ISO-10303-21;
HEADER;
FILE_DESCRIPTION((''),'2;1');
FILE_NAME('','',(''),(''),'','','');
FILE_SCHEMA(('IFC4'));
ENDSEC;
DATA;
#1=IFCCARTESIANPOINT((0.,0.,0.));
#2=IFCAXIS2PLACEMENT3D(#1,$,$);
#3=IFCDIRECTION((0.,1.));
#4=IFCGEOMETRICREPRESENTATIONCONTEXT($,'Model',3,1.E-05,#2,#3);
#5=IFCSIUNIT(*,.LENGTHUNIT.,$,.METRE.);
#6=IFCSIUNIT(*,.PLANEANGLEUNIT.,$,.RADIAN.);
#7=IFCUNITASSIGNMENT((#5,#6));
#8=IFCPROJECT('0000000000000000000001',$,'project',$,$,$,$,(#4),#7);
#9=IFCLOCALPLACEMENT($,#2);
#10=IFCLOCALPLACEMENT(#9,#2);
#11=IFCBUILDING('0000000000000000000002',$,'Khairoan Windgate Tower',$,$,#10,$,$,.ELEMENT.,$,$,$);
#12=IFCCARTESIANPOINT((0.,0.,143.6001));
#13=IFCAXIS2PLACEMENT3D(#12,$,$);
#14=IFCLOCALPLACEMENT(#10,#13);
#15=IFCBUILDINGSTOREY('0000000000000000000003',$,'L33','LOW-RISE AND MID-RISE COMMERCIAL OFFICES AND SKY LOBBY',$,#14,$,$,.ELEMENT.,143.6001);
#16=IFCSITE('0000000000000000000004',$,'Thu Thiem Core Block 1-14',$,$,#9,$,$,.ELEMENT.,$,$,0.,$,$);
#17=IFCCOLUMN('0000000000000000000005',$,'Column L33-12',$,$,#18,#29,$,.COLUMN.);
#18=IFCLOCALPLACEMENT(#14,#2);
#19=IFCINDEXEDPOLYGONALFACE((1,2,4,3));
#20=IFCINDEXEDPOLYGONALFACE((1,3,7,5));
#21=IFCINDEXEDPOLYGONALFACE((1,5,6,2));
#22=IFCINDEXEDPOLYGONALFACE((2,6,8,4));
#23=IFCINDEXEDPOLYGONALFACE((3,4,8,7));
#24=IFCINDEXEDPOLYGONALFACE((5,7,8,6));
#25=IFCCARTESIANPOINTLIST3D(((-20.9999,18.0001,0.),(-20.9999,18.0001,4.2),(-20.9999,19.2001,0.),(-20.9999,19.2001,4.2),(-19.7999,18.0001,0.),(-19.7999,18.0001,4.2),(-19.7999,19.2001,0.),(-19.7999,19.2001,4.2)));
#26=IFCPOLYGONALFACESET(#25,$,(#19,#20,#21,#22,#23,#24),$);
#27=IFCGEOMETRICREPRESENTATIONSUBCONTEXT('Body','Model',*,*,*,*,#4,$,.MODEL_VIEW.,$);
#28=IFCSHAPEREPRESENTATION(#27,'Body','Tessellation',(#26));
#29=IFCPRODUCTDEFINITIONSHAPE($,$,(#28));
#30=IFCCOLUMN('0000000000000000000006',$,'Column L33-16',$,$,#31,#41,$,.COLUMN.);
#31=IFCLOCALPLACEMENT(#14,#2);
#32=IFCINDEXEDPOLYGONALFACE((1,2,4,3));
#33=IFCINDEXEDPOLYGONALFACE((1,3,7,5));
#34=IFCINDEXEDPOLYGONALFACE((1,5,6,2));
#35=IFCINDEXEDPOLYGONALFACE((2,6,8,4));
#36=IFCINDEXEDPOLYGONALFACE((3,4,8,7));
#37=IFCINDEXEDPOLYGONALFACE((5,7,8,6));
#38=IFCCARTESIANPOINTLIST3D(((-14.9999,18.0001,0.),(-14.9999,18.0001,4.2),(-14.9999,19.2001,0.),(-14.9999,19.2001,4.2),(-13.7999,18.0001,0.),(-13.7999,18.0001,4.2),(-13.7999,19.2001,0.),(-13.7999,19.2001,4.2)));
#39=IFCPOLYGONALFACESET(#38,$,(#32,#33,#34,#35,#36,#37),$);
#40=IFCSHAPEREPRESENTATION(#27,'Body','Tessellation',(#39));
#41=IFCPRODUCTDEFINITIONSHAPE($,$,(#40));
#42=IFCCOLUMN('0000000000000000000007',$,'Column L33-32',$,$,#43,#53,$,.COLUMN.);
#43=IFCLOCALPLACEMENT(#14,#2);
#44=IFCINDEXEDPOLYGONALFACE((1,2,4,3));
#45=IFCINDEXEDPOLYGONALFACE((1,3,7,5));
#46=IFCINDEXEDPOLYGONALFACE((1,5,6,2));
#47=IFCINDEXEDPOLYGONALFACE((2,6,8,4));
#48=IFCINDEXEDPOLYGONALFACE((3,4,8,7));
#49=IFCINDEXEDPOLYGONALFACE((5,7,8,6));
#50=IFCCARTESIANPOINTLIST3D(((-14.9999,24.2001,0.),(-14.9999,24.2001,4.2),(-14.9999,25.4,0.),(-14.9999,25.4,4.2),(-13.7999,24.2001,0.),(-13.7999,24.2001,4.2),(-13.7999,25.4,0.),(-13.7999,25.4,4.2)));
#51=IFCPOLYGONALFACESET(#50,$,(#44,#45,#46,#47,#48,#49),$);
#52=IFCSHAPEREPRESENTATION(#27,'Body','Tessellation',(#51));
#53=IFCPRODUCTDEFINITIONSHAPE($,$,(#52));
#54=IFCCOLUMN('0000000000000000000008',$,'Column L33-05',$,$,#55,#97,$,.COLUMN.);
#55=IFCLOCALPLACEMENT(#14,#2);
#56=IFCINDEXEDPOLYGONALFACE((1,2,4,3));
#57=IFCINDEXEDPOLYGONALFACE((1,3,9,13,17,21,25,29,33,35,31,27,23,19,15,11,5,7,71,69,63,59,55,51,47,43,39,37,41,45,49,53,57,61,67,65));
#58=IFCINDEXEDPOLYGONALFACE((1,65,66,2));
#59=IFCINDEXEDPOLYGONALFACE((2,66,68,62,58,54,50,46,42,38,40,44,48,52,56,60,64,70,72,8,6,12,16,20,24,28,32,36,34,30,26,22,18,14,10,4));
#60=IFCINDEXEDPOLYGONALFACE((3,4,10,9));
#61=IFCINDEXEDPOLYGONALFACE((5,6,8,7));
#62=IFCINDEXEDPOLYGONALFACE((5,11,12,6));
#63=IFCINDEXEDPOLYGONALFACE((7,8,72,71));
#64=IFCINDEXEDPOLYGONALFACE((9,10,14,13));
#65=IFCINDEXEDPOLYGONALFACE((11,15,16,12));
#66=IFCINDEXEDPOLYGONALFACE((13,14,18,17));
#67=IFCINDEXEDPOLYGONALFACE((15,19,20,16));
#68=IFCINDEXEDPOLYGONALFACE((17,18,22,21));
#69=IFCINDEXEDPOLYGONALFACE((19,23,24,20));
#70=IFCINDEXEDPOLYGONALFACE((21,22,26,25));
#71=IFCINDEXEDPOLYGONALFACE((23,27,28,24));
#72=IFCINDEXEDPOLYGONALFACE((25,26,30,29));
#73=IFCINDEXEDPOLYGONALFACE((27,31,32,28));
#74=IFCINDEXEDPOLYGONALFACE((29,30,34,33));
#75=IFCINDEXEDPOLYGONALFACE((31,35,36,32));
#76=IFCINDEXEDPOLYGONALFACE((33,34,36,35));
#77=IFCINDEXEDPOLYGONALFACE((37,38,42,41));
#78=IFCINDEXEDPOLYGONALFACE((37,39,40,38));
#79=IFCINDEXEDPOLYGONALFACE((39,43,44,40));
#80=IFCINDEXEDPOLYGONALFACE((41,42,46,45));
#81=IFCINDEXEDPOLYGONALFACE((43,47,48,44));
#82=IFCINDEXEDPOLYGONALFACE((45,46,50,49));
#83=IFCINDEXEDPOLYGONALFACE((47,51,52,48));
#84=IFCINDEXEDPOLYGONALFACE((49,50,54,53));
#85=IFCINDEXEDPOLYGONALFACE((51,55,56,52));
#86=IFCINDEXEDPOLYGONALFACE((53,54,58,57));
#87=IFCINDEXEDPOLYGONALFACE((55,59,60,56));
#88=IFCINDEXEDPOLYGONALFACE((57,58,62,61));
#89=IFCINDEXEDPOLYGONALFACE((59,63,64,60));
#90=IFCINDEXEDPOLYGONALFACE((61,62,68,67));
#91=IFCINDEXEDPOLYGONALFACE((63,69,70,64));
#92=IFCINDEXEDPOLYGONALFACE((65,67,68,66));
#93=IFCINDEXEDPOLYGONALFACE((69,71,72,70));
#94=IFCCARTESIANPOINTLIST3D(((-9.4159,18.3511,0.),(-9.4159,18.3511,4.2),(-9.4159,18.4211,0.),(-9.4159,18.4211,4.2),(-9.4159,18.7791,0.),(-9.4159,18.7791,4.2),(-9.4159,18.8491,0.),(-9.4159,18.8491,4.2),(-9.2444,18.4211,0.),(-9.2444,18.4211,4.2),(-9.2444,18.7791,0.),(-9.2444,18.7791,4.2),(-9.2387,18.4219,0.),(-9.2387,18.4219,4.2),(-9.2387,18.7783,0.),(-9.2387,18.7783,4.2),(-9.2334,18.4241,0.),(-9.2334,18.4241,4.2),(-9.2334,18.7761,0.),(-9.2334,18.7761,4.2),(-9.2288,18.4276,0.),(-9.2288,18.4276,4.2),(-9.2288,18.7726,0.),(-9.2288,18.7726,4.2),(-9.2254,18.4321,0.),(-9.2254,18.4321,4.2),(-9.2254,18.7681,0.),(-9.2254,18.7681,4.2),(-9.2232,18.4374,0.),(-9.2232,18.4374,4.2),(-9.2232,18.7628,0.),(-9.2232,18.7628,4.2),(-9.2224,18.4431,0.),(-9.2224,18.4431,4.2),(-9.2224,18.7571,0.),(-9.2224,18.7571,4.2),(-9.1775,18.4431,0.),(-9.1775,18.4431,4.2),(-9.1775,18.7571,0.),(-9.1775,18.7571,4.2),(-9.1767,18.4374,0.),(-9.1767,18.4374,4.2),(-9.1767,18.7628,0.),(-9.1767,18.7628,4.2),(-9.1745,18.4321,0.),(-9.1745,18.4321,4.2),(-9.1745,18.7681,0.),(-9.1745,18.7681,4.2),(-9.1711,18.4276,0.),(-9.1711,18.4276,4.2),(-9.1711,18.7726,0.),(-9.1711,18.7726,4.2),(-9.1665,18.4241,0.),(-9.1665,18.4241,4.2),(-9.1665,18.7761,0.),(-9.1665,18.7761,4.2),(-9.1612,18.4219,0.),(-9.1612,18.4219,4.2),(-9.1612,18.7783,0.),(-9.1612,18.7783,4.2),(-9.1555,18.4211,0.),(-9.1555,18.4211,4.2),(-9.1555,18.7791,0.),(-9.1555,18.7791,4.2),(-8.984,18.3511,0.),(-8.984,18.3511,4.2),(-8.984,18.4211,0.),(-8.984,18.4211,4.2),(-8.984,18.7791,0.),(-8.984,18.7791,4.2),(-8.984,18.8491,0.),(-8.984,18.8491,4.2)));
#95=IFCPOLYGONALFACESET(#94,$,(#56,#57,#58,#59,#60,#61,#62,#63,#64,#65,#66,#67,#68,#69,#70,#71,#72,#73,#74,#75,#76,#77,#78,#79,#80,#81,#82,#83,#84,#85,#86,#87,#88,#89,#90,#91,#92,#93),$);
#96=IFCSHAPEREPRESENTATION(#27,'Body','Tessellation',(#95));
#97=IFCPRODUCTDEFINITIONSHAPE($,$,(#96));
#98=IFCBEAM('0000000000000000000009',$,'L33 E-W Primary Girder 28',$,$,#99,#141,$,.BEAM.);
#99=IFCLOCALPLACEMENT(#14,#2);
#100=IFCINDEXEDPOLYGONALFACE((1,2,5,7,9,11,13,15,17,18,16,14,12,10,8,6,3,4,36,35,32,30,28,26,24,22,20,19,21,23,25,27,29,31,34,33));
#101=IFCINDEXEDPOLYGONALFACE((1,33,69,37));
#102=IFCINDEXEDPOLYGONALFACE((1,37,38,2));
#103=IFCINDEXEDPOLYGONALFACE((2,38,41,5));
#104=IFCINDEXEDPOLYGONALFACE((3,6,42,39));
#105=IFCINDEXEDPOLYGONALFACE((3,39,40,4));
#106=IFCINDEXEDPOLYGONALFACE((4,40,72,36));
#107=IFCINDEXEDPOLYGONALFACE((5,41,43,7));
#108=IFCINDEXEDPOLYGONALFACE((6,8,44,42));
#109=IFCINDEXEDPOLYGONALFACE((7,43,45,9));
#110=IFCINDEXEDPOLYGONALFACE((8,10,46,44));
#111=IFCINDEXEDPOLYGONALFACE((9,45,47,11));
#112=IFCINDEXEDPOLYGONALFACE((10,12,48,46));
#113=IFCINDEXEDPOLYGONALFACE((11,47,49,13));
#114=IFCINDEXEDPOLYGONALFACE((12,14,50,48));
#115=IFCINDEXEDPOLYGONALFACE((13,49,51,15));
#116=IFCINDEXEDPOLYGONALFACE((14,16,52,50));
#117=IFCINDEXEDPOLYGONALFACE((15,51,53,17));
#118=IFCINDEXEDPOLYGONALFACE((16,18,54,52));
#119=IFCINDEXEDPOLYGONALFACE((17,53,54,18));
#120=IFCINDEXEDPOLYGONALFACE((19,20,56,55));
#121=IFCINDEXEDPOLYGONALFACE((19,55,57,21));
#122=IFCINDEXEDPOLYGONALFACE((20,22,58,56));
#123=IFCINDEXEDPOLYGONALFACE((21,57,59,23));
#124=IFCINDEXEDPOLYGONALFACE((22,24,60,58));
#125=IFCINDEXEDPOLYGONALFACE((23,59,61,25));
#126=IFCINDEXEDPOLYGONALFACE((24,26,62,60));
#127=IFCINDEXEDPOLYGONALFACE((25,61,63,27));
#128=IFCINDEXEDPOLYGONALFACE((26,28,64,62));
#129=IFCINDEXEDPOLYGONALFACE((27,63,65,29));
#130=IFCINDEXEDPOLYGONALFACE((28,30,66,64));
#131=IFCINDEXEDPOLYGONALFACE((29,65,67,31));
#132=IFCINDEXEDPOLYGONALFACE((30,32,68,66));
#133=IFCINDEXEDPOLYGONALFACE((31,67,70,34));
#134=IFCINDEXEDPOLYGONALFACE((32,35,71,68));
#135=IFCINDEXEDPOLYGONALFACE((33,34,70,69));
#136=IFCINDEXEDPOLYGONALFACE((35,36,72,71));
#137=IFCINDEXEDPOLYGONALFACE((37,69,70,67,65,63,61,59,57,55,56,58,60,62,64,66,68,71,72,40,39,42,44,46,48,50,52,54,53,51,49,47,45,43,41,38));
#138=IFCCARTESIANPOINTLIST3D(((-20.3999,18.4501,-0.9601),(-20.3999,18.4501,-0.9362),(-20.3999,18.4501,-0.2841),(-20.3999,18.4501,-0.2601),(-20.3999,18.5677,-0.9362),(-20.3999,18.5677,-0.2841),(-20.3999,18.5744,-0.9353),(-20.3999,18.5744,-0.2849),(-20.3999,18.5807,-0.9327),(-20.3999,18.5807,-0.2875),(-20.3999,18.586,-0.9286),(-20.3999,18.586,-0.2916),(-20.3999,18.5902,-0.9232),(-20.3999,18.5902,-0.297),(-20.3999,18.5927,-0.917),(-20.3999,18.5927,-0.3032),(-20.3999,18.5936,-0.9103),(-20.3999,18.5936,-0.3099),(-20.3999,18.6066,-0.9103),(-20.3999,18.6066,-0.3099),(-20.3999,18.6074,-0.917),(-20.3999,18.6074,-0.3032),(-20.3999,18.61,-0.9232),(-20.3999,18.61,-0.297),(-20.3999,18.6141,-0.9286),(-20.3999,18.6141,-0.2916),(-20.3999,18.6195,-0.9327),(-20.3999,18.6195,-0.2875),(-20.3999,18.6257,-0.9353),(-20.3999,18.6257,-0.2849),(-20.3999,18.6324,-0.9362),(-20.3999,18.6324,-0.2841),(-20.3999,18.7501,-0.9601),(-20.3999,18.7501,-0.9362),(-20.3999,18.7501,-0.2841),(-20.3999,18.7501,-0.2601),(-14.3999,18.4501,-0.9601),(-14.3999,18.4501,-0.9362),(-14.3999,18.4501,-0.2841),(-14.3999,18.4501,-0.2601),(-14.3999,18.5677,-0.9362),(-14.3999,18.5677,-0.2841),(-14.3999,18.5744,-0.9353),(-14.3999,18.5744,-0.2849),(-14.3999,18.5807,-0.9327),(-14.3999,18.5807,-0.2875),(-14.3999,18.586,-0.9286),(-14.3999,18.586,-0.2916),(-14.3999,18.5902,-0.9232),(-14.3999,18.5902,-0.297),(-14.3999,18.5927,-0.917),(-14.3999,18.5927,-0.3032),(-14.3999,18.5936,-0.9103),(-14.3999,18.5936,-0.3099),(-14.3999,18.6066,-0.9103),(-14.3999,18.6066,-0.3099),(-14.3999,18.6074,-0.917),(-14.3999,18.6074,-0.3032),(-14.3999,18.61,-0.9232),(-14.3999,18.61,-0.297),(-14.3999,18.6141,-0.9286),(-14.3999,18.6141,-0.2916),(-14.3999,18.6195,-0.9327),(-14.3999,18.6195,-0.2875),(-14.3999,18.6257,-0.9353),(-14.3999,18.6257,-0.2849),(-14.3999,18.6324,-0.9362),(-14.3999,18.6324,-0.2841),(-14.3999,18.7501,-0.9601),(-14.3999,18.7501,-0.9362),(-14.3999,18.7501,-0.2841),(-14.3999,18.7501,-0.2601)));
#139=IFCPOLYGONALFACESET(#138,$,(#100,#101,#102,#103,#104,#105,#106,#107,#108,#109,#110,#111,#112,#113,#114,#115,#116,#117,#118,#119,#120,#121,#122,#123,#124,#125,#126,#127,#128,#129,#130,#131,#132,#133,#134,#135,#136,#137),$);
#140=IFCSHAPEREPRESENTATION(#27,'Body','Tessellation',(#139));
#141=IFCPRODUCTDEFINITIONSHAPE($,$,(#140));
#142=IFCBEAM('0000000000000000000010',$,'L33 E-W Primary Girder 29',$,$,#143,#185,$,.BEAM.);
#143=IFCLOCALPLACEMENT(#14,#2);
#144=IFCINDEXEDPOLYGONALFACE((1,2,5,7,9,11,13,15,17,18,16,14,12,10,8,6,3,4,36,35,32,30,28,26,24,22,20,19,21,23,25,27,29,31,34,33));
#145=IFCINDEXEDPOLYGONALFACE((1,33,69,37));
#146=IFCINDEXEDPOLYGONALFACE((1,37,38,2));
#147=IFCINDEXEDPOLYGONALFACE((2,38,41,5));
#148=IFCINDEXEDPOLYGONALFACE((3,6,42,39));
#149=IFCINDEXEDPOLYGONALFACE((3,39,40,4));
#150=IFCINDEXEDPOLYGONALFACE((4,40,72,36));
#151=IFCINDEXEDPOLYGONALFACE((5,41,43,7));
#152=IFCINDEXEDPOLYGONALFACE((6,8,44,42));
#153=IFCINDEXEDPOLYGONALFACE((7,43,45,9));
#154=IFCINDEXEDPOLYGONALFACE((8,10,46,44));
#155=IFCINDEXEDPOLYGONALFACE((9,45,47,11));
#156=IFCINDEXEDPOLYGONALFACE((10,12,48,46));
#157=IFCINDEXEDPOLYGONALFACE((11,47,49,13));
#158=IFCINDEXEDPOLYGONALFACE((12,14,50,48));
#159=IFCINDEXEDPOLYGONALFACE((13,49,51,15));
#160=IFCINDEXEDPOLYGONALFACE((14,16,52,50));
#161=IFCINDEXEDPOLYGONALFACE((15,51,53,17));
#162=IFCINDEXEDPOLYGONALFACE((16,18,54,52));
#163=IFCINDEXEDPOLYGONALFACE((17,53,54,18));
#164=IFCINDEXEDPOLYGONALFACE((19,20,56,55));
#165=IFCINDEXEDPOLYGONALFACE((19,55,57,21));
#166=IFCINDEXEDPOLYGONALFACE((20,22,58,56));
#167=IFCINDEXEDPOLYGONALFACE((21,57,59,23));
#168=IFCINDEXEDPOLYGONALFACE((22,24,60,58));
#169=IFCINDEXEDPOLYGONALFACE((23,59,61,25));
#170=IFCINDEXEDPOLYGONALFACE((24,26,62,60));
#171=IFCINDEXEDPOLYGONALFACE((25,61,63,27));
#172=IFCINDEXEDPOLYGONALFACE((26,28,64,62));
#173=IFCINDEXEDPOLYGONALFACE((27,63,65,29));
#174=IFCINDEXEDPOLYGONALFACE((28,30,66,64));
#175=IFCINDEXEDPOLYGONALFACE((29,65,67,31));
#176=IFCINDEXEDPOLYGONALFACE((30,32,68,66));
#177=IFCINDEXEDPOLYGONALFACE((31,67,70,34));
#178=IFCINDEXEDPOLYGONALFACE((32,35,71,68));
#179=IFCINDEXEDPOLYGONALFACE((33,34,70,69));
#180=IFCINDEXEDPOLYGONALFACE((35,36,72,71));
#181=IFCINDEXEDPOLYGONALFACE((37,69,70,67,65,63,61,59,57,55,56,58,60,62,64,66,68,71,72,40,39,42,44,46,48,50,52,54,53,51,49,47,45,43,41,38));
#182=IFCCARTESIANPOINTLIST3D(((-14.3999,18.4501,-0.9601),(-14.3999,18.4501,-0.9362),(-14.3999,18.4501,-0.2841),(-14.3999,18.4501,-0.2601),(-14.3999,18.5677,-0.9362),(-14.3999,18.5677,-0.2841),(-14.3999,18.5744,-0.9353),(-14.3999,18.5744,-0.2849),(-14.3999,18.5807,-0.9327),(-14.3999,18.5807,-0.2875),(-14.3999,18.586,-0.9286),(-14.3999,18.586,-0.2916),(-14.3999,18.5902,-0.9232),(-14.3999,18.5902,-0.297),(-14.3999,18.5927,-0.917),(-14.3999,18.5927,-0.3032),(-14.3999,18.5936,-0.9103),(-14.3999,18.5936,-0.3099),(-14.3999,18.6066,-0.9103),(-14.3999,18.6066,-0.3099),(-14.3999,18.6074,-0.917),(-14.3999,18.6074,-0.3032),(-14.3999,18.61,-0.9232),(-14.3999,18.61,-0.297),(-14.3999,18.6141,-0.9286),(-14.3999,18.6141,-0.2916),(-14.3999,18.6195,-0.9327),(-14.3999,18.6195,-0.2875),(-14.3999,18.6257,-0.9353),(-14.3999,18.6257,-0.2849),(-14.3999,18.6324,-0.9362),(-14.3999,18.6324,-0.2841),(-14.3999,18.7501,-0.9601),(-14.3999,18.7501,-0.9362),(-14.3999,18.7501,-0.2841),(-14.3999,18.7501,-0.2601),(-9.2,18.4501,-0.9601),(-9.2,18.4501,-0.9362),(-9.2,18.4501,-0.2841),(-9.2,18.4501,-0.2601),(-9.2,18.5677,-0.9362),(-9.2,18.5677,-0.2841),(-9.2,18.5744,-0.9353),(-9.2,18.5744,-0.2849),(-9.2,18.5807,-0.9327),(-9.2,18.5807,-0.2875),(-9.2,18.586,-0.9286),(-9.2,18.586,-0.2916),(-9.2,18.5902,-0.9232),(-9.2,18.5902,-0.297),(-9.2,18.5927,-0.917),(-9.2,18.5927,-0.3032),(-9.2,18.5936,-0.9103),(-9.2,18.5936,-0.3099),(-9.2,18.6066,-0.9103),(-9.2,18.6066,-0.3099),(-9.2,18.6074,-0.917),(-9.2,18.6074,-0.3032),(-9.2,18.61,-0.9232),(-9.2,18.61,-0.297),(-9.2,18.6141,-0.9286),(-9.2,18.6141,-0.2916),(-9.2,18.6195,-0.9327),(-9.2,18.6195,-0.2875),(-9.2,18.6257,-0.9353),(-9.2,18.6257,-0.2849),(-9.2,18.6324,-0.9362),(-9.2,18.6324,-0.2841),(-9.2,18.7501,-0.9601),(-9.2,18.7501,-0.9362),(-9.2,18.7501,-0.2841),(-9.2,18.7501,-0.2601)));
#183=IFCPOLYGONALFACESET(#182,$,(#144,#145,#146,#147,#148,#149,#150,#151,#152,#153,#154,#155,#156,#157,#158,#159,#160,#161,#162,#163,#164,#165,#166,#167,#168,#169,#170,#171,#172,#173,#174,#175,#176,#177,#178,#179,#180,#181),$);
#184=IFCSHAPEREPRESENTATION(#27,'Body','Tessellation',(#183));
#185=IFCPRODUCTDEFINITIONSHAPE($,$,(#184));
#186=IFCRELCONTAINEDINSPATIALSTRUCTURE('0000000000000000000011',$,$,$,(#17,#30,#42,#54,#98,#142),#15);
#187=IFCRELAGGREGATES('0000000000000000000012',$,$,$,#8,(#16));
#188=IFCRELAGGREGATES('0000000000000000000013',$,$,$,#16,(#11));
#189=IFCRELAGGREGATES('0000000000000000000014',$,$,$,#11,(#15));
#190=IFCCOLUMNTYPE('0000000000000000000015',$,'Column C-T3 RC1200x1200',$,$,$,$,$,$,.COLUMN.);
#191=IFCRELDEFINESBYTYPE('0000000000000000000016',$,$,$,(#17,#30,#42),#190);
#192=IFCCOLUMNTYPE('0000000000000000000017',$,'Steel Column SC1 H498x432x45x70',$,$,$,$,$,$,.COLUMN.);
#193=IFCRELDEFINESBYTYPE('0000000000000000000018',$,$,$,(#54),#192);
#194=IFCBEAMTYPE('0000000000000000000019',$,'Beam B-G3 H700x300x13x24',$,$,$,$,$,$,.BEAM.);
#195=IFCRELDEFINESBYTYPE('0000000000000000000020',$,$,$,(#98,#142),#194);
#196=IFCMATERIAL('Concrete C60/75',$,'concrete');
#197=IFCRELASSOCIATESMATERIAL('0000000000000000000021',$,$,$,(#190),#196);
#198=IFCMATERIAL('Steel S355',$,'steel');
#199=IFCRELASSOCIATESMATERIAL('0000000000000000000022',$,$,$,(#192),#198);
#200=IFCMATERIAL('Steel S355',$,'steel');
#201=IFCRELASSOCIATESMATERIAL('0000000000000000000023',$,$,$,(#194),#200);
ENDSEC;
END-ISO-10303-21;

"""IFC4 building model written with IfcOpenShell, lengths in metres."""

from ifc_helpers import new_model, si_unit, direction, frame, origin, origin_2d, place, context, subcontext, project, spatial, rectangle, i_section, extrude, material, material_profile, profile_set, type_object, element, save


model = new_model("IFC4")

# Units and contexts
model_context = context("Model", 3, precision=1e-05, world=origin(), true_north=direction((0.0, 1.0)))
body_context = subcontext(model_context, "Body", "Model", "MODEL_VIEW")
ifc_project = project(units=[si_unit("LENGTHUNIT", "METRE"), si_unit("PLANEANGLEUNIT", "RADIAN")], contexts=[model_context])

# Site, building, storey
site_placement = place(None, origin())
site = spatial("IfcSite", under=ifc_project, at=site_placement, Name="Thu Thiem Core Block 1-14", CompositionType="ELEMENT", RefElevation=0.0)
building_placement = place(site_placement, origin())
building = spatial("IfcBuilding", under=site, at=building_placement, Name="Khairoan Windgate Tower", CompositionType="ELEMENT")
storey_placement = place(building_placement, frame((0.0, 0.0, 143.6001)))
storey = spatial("IfcBuildingStorey", under=building, at=storey_placement, Name="L33", Description="LOW-RISE AND MID-RISE COMMERCIAL OFFICES AND SKY LOBBY", CompositionType="ELEMENT", Elevation=143.6001)

# Columns
ifc_material_1 = material(Name="Concrete C60/75", Category="concrete")
ifc_material_profile_1 = material_profile(ifc_material_1, rectangle(XDim=1.2, YDim=1.2, at=origin_2d()))
ifc_profile_set_1 = profile_set([ifc_material_profile_1], Name="Concrete C60/75")
column_type_1 = type_object("IfcColumnType", Name="Column C-T3 RC1200x1200", PredefinedType="COLUMN", material=ifc_profile_set_1)
for number, where, z_axis, x_axis, name in (
    (1, (-20.3999, 18.6001, 0.0), (0.0, 0.0, 1.0), (1.0, 0.0, 0.0), "Column L33-12"),
    (2, (-14.3999, 18.6001, 0.0), (0.0, 0.0, 1.0), (1.0, 0.0, 0.0), "Column L33-16"),
    (3, (-14.3999, 24.8, 0.0), (0.0, 0.0, 1.0), (1.0, 0.0, 0.0), "Column L33-32"),
):
    element("IfcColumn", number, at=place(storey_placement, frame(where, z_axis=z_axis, x_axis=x_axis)), inside=storey, type_object=column_type_1, Name=name, PredefinedType="COLUMN", context=body_context, shape_type="SweptSolid", body=[
        extrude(rectangle(XDim=1.2, YDim=1.2, at=origin_2d()), origin(), (0.0, 0.0, 1.0), 4.2),
    ])
ifc_material_2 = material(Name="Steel S355", Category="steel")
ifc_material_profile_2 = material_profile(ifc_material_2, i_section(OverallWidth=0.4319, OverallDepth=0.498, WebThickness=0.0449, FlangeThickness=0.0701, FilletRadius=0.022, at=origin_2d()))
ifc_profile_set_2 = profile_set([ifc_material_profile_2], Name="Steel S355")
column_type_2 = type_object("IfcColumnType", Name="Steel Column SC1 H498x432x45x70", PredefinedType="COLUMN", material=ifc_profile_set_2)
column_placement = place(storey_placement, frame((-9.2, 18.6001, 0.0), z_axis=(0.0, 0.0, 1.0), x_axis=(1.0, 0.0, 0.0)))
element("IfcColumn", 4, at=column_placement, inside=storey, type_object=column_type_2, Name="Column L33-05", PredefinedType="COLUMN", context=body_context, shape_type="SweptSolid", body=[
    extrude(i_section(OverallWidth=0.4319, OverallDepth=0.498, WebThickness=0.0449, FlangeThickness=0.0701, FilletRadius=0.022, at=origin_2d()), origin(), (0.0, 0.0, 1.0), 4.2),
])

# Beams
ifc_material_3 = material(Name="Steel S355", Category="steel")
ifc_material_profile_3 = material_profile(ifc_material_3, i_section(OverallWidth=0.3, OverallDepth=0.7, WebThickness=0.0129, FlangeThickness=0.0239, FilletRadius=0.0259, at=origin_2d()))
ifc_profile_set_3 = profile_set([ifc_material_profile_3], Name="Steel S355")
beam_type = type_object("IfcBeamType", Name="Beam B-G3 H700x300x13x24", PredefinedType="BEAM", material=ifc_profile_set_3)
beam_1_placement = place(storey_placement, frame((-20.3999, 18.6001, -0.6101), z_axis=(1.0, 0.0, 0.0), x_axis=(0.0, 1.0, 0.0)))
element("IfcBeam", 5, at=beam_1_placement, inside=storey, type_object=beam_type, Name="L33 E-W Primary Girder 28", PredefinedType="BEAM", context=body_context, shape_type="SweptSolid", body=[
    extrude(i_section(OverallWidth=0.3, OverallDepth=0.7, WebThickness=0.0129, FlangeThickness=0.0239, FilletRadius=0.0259, at=origin_2d()), origin(), (0.0, 0.0, 1.0), 6.0),
])
beam_2_placement = place(storey_placement, frame((-14.3999, 18.6001, -0.6101), z_axis=(1.0, 0.0, 0.0), x_axis=(0.0, 1.0, 0.0)))
element("IfcBeam", 6, at=beam_2_placement, inside=storey, type_object=beam_type, Name="L33 E-W Primary Girder 29", PredefinedType="BEAM", context=body_context, shape_type="SweptSolid", body=[
    extrude(i_section(OverallWidth=0.3, OverallDepth=0.7, WebThickness=0.0129, FlangeThickness=0.0239, FilletRadius=0.0259, at=origin_2d()), origin(), (0.0, 0.0, 1.0), 5.2),
])

save(model, "model.ifc")
